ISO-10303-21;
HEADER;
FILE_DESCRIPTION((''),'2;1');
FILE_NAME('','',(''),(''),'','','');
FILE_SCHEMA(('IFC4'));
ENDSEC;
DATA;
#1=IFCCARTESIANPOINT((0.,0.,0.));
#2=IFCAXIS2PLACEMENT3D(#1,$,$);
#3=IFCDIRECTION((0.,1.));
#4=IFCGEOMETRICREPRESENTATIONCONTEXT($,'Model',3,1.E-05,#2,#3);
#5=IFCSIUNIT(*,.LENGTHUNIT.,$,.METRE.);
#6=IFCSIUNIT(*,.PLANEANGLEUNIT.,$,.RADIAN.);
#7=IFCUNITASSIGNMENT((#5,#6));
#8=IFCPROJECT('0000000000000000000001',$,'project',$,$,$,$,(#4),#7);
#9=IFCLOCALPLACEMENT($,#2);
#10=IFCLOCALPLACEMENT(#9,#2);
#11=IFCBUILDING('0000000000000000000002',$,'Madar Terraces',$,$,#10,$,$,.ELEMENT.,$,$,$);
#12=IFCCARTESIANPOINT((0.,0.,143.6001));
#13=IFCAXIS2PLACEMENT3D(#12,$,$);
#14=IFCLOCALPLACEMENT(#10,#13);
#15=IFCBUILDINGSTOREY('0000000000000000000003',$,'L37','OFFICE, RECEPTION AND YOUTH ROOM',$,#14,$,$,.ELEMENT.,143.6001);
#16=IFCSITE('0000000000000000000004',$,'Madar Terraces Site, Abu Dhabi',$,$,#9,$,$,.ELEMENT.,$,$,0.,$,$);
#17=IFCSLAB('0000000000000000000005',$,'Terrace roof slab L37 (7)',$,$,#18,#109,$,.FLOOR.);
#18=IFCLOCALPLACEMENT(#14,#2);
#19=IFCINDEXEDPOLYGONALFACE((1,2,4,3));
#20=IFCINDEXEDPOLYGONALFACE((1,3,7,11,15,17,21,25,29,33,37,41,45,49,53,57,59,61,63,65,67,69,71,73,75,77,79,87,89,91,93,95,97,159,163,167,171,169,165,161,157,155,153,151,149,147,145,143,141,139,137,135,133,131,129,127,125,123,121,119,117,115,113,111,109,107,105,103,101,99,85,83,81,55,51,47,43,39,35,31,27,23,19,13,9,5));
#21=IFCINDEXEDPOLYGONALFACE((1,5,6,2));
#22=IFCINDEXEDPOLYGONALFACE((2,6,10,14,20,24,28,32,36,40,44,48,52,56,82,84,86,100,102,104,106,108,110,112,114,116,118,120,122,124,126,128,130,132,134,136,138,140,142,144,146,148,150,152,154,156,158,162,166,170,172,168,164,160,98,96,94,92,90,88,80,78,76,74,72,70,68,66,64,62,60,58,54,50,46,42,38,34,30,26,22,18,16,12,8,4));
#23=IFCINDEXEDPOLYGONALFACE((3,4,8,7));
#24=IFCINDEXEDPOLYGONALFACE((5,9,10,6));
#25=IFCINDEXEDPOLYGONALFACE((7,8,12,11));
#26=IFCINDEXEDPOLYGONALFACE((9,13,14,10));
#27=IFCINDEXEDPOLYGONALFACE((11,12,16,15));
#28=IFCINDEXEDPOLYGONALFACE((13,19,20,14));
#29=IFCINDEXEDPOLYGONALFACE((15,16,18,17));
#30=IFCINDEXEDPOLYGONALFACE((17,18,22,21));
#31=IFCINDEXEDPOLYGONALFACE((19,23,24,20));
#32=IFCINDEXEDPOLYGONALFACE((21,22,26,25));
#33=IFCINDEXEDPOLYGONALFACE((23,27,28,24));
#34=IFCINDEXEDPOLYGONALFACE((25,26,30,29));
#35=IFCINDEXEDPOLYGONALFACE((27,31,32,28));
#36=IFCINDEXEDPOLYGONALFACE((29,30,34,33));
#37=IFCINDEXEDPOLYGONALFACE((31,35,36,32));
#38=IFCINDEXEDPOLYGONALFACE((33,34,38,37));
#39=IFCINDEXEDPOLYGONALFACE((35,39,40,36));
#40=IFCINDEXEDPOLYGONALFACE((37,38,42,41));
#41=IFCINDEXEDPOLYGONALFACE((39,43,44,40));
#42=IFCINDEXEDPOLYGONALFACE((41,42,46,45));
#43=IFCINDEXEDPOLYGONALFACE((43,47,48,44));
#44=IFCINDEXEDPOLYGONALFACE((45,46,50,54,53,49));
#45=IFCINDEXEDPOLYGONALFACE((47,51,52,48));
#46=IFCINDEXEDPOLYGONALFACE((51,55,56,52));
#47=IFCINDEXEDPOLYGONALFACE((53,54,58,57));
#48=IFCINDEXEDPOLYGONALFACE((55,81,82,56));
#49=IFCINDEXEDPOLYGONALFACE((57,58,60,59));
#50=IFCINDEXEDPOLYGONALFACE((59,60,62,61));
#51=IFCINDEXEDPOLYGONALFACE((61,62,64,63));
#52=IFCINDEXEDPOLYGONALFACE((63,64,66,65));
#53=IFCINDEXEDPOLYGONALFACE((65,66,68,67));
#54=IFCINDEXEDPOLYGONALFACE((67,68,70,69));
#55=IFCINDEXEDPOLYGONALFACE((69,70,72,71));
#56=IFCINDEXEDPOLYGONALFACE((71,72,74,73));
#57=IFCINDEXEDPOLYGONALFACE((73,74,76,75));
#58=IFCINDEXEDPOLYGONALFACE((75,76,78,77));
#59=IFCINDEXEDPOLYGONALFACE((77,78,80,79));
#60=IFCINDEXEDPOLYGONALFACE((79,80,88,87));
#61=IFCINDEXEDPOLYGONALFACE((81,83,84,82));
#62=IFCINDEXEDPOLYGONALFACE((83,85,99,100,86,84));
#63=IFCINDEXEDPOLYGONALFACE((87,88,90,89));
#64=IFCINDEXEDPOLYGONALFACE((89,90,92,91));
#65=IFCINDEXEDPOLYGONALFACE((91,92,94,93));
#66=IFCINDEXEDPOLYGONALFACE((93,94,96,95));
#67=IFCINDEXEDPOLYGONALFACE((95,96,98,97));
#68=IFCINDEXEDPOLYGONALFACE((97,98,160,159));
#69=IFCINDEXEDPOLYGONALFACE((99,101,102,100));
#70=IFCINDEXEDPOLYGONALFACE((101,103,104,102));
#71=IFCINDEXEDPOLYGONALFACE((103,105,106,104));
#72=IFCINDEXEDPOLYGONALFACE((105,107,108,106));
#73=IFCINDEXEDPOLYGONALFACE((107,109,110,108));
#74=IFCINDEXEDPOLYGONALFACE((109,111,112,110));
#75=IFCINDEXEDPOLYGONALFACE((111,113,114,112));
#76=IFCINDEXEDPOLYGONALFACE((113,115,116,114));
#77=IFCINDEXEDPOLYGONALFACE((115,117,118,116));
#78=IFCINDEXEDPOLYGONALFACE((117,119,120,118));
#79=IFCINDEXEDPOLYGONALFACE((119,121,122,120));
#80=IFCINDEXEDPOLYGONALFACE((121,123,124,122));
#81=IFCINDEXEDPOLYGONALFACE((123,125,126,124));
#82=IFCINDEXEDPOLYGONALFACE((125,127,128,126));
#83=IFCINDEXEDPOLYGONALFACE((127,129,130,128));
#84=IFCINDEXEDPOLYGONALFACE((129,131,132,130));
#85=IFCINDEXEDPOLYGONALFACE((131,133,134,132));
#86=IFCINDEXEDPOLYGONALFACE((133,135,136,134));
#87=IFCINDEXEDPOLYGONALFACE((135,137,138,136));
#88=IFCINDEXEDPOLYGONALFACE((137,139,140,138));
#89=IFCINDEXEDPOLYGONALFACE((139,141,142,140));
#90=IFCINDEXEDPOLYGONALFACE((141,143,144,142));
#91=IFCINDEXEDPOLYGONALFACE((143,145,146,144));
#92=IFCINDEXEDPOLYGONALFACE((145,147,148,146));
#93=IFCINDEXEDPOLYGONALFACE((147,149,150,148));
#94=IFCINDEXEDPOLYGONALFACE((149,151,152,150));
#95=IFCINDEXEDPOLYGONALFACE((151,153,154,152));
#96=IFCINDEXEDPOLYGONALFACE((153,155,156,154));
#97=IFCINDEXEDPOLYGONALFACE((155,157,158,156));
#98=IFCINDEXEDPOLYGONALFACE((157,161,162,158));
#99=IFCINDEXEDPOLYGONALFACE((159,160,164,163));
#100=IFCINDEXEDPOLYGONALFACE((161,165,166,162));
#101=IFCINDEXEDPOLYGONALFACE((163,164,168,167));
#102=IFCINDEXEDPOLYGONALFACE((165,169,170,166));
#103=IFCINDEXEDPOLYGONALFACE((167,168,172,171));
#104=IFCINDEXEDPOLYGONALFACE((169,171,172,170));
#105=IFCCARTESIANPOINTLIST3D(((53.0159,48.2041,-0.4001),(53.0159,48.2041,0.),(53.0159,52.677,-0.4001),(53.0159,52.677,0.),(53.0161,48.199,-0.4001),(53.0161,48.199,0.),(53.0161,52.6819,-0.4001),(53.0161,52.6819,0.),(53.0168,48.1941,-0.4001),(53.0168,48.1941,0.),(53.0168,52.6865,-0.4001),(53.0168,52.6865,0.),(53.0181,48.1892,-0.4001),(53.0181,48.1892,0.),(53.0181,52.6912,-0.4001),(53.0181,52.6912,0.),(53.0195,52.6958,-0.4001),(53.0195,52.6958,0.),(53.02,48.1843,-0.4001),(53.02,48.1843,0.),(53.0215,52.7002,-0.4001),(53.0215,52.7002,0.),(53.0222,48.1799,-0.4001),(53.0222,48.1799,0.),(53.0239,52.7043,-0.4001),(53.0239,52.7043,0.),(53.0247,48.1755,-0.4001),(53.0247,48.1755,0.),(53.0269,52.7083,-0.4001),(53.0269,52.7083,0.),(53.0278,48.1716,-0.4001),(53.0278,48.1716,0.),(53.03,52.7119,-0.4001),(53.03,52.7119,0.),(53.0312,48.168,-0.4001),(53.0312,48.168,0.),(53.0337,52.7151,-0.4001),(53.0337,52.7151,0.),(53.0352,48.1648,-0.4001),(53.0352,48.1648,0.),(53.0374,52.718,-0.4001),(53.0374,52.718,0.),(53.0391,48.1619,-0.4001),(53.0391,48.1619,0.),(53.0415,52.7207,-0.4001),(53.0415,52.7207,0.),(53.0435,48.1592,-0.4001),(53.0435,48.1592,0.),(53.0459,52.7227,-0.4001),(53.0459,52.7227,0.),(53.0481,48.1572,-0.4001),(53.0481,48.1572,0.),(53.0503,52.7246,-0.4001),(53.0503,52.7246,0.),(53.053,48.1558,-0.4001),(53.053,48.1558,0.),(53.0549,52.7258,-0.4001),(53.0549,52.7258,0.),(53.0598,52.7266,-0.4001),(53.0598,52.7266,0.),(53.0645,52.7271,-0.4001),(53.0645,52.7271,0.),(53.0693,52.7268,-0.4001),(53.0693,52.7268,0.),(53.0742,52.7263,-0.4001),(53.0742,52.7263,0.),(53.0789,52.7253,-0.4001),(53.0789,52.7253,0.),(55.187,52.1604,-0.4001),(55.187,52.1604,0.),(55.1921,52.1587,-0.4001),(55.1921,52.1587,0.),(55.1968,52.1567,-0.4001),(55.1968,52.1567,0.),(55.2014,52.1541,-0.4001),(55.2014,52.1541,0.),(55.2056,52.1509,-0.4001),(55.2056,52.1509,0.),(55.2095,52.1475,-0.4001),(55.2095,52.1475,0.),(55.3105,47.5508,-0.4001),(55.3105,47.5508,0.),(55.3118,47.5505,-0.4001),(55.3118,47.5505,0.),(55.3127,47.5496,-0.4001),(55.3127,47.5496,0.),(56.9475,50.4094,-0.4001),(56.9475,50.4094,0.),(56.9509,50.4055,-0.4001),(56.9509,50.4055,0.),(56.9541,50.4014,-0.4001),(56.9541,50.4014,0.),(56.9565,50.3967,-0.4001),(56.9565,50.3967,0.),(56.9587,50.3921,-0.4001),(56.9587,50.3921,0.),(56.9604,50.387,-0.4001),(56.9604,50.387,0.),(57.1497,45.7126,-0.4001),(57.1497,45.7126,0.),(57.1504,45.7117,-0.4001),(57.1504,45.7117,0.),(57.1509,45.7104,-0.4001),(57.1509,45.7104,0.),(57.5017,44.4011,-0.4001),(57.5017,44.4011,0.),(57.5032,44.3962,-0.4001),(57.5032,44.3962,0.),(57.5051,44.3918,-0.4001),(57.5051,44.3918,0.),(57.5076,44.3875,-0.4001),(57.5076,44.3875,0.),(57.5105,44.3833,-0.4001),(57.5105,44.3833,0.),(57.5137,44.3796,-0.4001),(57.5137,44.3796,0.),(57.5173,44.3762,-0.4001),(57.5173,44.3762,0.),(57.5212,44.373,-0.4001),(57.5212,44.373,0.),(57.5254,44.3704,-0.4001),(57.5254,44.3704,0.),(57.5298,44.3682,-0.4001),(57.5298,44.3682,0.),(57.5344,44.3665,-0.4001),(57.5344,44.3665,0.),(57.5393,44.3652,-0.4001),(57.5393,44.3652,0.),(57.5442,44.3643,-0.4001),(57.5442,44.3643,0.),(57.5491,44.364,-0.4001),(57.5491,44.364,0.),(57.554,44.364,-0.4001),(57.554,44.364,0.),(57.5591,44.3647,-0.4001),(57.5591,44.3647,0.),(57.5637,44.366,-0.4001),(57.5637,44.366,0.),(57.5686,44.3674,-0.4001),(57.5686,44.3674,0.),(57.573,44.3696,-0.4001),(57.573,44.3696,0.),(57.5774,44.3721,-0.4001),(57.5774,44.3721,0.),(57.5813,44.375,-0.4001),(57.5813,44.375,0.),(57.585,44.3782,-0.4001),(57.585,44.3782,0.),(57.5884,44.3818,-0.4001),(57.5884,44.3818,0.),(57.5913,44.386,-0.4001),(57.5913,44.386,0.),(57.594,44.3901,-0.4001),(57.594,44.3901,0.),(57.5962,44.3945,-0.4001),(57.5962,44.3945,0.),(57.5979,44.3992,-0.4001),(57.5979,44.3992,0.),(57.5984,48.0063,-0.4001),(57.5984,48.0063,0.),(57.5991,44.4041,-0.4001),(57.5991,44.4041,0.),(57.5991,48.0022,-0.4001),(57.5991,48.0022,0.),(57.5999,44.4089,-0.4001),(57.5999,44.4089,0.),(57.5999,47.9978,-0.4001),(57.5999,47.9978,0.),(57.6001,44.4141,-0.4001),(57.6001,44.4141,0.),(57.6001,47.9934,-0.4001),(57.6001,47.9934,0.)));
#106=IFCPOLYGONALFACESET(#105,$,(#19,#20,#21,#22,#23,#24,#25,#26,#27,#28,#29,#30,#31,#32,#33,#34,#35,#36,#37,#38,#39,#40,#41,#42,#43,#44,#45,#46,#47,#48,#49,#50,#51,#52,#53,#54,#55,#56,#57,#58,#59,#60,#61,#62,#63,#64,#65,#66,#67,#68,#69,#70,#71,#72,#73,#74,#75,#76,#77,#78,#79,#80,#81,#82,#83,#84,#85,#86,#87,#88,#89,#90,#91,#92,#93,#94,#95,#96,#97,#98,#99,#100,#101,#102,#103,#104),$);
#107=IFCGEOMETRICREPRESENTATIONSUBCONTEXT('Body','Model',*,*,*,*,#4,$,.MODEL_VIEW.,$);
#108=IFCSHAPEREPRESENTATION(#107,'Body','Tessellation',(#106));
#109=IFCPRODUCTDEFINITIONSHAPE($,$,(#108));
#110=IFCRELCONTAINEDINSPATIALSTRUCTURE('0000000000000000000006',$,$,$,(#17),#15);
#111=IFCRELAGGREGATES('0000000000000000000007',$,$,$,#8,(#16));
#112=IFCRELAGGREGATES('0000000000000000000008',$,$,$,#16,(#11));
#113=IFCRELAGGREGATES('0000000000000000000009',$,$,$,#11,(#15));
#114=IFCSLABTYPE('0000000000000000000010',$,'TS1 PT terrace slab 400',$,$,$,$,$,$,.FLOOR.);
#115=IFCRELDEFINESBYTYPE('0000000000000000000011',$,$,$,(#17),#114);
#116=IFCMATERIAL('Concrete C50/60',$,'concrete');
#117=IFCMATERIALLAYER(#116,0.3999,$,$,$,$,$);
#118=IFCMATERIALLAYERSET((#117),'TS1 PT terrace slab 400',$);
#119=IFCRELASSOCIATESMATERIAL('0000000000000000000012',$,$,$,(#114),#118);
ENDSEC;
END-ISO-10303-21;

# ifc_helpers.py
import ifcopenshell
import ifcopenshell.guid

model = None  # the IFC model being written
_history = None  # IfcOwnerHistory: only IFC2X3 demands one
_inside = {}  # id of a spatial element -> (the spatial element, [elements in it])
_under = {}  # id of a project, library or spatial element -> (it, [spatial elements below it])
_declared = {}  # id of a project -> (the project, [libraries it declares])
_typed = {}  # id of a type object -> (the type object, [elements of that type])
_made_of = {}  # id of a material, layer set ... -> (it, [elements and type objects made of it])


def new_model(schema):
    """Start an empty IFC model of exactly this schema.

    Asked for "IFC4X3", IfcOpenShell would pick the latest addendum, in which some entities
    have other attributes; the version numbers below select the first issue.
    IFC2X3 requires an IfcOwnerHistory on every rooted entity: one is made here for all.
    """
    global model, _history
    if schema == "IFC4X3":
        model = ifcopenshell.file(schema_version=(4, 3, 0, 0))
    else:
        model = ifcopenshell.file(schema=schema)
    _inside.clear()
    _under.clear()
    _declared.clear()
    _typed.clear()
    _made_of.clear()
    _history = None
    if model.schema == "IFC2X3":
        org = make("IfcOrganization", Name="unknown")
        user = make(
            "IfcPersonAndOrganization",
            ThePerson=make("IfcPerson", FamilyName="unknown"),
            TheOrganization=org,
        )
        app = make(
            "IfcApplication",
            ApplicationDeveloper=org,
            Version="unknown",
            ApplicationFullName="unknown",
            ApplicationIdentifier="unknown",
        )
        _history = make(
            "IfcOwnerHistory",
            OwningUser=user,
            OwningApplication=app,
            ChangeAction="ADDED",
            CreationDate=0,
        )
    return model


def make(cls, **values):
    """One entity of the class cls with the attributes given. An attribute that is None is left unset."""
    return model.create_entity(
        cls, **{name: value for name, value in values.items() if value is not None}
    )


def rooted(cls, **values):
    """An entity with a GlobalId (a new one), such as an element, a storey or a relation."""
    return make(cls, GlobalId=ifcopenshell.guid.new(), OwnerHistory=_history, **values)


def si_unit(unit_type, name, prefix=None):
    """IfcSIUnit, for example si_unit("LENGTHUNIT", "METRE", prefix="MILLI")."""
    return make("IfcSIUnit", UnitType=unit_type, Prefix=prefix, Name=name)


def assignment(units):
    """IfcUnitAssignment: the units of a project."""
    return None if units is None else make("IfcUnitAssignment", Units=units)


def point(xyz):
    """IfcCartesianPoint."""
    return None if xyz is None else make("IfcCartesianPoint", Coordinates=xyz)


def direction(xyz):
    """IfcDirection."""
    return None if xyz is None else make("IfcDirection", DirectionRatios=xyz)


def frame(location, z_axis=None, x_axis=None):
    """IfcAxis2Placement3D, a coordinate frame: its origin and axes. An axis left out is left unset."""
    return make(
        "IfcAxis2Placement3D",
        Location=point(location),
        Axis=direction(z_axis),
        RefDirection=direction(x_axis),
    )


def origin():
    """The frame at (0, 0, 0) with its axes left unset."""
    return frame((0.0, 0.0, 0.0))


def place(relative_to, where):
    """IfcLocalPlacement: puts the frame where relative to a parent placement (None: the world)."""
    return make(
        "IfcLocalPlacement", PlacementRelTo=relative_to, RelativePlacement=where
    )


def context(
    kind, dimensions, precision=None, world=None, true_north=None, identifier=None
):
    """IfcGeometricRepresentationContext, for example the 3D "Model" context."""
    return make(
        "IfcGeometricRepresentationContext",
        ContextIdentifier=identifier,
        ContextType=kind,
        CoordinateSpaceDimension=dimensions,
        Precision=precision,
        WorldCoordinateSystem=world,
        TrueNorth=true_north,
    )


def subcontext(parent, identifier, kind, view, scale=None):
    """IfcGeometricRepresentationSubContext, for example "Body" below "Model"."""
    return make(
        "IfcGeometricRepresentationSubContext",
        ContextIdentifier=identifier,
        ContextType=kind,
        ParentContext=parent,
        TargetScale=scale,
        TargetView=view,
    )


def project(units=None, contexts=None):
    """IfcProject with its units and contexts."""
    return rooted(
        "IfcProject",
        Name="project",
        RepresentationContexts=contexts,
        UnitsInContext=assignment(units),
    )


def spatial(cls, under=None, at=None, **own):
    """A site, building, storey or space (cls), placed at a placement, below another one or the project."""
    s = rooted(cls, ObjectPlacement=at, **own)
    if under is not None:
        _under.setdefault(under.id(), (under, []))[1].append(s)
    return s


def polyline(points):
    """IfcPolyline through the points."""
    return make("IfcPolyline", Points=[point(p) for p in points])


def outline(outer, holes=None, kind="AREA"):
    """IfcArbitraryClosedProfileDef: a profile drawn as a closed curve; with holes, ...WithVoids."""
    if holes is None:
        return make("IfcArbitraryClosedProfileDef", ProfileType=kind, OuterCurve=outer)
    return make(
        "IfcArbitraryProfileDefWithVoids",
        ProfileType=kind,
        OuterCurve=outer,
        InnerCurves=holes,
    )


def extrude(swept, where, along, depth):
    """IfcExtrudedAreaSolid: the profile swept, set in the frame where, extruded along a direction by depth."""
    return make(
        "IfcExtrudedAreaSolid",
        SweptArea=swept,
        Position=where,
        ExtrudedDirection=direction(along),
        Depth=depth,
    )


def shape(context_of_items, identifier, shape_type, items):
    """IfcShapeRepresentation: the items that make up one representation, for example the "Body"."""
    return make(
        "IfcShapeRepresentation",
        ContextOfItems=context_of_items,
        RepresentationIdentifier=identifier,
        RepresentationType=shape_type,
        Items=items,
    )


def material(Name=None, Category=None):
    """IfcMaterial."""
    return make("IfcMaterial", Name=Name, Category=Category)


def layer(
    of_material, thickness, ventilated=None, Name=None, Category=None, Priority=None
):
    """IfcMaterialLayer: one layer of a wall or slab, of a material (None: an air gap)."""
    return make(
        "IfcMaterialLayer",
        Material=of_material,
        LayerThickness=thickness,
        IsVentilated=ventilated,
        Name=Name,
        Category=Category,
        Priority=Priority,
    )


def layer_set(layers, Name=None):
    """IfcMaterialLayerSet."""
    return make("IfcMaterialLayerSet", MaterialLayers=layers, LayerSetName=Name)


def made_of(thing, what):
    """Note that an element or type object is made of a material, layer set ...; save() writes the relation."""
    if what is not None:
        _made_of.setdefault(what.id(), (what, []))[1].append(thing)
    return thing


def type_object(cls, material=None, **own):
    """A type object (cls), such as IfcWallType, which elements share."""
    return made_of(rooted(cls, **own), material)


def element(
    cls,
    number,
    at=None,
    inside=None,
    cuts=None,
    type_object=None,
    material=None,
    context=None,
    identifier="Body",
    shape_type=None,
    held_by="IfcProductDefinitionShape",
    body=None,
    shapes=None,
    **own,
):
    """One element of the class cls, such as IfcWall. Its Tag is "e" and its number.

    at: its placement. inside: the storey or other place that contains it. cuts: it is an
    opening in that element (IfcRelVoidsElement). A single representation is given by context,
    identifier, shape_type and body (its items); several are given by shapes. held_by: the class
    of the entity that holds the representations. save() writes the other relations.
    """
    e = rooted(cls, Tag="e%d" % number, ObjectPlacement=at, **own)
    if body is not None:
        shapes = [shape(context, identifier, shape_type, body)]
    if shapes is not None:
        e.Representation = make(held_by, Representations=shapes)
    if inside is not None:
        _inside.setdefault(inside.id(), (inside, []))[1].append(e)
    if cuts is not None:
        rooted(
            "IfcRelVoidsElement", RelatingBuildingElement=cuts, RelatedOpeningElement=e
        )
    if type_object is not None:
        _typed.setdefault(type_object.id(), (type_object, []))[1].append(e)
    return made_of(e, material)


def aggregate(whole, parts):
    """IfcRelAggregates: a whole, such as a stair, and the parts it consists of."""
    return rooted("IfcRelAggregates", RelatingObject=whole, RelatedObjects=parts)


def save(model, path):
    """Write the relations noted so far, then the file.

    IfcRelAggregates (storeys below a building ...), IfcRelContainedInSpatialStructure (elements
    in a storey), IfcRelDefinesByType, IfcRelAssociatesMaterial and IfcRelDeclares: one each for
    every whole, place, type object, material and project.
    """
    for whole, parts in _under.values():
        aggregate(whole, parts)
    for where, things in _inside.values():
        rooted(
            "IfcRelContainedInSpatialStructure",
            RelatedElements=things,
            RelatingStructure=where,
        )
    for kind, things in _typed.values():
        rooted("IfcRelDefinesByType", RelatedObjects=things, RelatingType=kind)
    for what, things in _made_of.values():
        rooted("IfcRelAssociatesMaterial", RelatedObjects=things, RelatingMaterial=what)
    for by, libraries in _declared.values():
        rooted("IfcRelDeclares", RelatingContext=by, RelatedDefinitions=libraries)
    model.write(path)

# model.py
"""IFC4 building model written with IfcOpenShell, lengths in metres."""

from ifc_helpers import new_model, si_unit, direction, frame, origin, place, context, subcontext, project, spatial, polyline, outline, extrude, material, layer, layer_set, type_object, element, save


model = new_model("IFC4")

# Units and contexts
model_context = context("Model", 3, precision=1e-05, world=origin(), true_north=direction((0.0, 1.0)))
body_context = subcontext(model_context, "Body", "Model", "MODEL_VIEW")
ifc_project = project(units=[si_unit("LENGTHUNIT", "METRE"), si_unit("PLANEANGLEUNIT", "RADIAN")], contexts=[model_context])

# Site, building, storey
site_placement = place(None, origin())
site = spatial("IfcSite", under=ifc_project, at=site_placement, Name="Madar Terraces Site, Abu Dhabi", CompositionType="ELEMENT", RefElevation=0.0)
building_placement = place(site_placement, origin())
building = spatial("IfcBuilding", under=site, at=building_placement, Name="Madar Terraces", CompositionType="ELEMENT")
storey_placement = place(building_placement, frame((0.0, 0.0, 143.6001)))
storey = spatial("IfcBuildingStorey", under=building, at=storey_placement, Name="L37", Description="OFFICE, RECEPTION AND YOUTH ROOM", CompositionType="ELEMENT", Elevation=143.6001)

# Slab
ifc_material_1 = material(Name="Concrete C50/60", Category="concrete")
ifc_layer_1 = layer(ifc_material_1, 0.3999)
ifc_layer_set_1 = layer_set([ifc_layer_1], Name="TS1 PT terrace slab 400")
slab_type_1 = type_object("IfcSlabType", Name="TS1 PT terrace slab 400", PredefinedType="FLOOR", material=ifc_layer_set_1)
slab_1_placement = place(storey_placement, frame((0.0, 0.0, -0.4001)))
element("IfcSlab", 1, at=slab_1_placement, inside=storey, type_object=slab_type_1, Name="Terrace roof slab L37 (7)", PredefinedType="FLOOR", context=body_context, shape_type="SweptSolid", body=[
    extrude(outline(polyline([(55.1921, 52.1587), (55.187, 52.1604), (53.0789, 52.7253), (53.0742, 52.7263), (53.0693, 52.7268), (53.0645, 52.7271), (53.0598, 52.7266), (53.0549, 52.7258), (53.0503, 52.7246), (53.0459, 52.7227), (53.0415, 52.7207), (53.0374, 52.718), (53.0337, 52.7151), (53.03, 52.7119), (53.0269, 52.7083), (53.0239, 52.7043), (53.0215, 52.7002), (53.0195, 52.6958), (53.0181, 52.6912), (53.0168, 52.6865), (53.0161, 52.6819), (53.0159, 52.677), (53.0159, 48.2041), (53.0161, 48.199), (53.0168, 48.1941), (53.0181, 48.1892), (53.02, 48.1843), (53.0222, 48.1799), (53.0247, 48.1755), (53.0278, 48.1716), (53.0312, 48.168), (53.0352, 48.1648), (53.0391, 48.1619), (53.0435, 48.1592), (53.0481, 48.1572), (53.053, 48.1558), (55.3105, 47.5508), (55.3118, 47.5505), (55.3127, 47.5496), (57.1497, 45.7126), (57.1504, 45.7117), (57.1509, 45.7104), (57.5017, 44.4011), (57.5032, 44.3962), (57.5051, 44.3918), (57.5076, 44.3875), (57.5105, 44.3833), (57.5137, 44.3796), (57.5173, 44.3762), (57.5212, 44.373), (57.5254, 44.3704), (57.5298, 44.3682), (57.5344, 44.3665), (57.5393, 44.3652), (57.5442, 44.3643), (57.5491, 44.364), (57.554, 44.364), (57.5591, 44.3647), (57.5637, 44.366), (57.5686, 44.3674), (57.573, 44.3696), (57.5774, 44.3721), (57.5813, 44.375), (57.585, 44.3782), (57.5884, 44.3818), (57.5913, 44.386), (57.594, 44.3901), (57.5962, 44.3945), (57.5979, 44.3992), (57.5991, 44.4041), (57.5999, 44.4089), (57.6001, 44.4141), (57.6001, 47.9934), (57.5999, 47.9978), (57.5991, 48.0022), (57.5984, 48.0063), (56.9604, 50.387), (56.9587, 50.3921), (56.9565, 50.3967), (56.9541, 50.4014), (56.9509, 50.4055), (56.9475, 50.4094), (55.2095, 52.1475), (55.2056, 52.1509), (55.2014, 52.1541), (55.1968, 52.1567), (55.1921, 52.1587)])), origin(), (0.0, 0.0, 1.0), 0.4001),
])

save(model, "model.ifc")
